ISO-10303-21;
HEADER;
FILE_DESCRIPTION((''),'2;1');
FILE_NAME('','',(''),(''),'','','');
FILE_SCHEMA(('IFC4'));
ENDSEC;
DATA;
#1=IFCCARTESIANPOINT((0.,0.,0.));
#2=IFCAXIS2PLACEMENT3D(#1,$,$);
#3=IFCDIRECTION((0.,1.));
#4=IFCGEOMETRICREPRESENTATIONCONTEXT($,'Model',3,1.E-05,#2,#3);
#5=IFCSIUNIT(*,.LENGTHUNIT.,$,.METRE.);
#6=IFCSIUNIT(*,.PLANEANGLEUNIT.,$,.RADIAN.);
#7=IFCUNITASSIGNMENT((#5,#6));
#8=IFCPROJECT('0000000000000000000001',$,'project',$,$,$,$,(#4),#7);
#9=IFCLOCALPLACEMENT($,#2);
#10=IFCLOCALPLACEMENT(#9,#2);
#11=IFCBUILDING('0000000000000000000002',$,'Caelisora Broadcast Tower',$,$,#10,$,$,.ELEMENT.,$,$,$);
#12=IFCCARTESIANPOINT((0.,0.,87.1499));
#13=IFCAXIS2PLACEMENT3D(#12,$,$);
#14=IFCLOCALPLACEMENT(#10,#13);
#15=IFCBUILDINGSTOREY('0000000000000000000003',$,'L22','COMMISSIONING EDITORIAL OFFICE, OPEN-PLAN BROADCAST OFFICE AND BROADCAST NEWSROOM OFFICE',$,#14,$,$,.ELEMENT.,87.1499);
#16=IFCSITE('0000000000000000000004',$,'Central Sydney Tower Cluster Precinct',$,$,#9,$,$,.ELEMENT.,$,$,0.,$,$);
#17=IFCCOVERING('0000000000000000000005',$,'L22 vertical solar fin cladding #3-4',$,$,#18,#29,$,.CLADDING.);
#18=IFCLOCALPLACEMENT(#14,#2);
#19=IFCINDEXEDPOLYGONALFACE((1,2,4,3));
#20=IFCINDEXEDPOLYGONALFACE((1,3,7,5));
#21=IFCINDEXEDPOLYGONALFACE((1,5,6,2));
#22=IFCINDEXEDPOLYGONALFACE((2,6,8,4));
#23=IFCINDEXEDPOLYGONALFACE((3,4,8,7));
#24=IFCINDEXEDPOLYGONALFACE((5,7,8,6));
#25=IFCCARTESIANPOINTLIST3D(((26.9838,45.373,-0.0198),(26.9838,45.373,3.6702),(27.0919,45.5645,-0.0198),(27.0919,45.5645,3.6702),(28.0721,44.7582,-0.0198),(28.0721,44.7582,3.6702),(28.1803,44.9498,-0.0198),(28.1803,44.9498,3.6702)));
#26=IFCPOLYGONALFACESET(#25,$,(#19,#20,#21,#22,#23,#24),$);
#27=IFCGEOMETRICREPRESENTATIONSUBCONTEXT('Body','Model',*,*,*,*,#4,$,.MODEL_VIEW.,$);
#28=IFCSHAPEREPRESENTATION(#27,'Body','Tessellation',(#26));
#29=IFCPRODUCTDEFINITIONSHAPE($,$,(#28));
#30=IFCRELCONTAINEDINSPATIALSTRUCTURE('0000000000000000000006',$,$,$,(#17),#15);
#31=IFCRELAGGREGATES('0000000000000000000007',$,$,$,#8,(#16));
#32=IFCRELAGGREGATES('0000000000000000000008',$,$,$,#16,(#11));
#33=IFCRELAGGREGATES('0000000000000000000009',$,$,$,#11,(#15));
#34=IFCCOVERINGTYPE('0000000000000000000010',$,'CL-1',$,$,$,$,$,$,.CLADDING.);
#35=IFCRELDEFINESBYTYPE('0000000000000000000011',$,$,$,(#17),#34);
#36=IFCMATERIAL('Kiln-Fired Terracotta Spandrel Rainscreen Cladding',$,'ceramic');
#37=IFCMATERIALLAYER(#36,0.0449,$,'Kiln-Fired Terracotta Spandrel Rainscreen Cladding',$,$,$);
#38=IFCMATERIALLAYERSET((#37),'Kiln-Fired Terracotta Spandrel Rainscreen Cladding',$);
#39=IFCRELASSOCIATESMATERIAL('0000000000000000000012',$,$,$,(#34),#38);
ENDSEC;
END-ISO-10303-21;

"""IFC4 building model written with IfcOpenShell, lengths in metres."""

from ifc_helpers import new_model, si_unit, direction, frame, origin, origin_2d, place, context, subcontext, project, spatial, rectangle, extrude, source, transform, mapped, material, layer, layer_set, type_object, type_shapes, element, save


model = new_model("IFC4")

# Units and contexts
model_context = context("Model", 3, precision=1e-05, world=origin(), true_north=direction((0.0, 1.0)))
body_context = subcontext(model_context, "Body", "Model", "MODEL_VIEW")
ifc_project = project(units=[si_unit("LENGTHUNIT", "METRE"), si_unit("PLANEANGLEUNIT", "RADIAN")], contexts=[model_context])

# Site, building, storey
site_placement = place(None, origin())
site = spatial("IfcSite", under=ifc_project, at=site_placement, Name="Central Sydney Tower Cluster Precinct", CompositionType="ELEMENT", RefElevation=0.0)
building_placement = place(site_placement, origin())
building = spatial("IfcBuilding", under=site, at=building_placement, Name="Caelisora Broadcast Tower", CompositionType="ELEMENT")
storey_placement = place(building_placement, frame((0.0, 0.0, 87.1499)))
storey = spatial("IfcBuildingStorey", under=building, at=storey_placement, Name="L22", Description="COMMISSIONING EDITORIAL OFFICE, OPEN-PLAN BROADCAST OFFICE AND BROADCAST NEWSROOM OFFICE", CompositionType="ELEMENT", Elevation=87.1499)

# Covering
ifc_material_1 = material(Name="Kiln-Fired Terracotta Spandrel Rainscreen Cladding", Category="ceramic")
ifc_layer_1 = layer(ifc_material_1, 0.0449, Name="Kiln-Fired Terracotta Spandrel Rainscreen Cladding")
ifc_layer_set_1 = layer_set([ifc_layer_1], Name="Kiln-Fired Terracotta Spandrel Rainscreen Cladding")
covering_type = type_object("IfcCoveringType", Name="CL-1", PredefinedType="CLADDING", material=ifc_layer_set_1)
shared_shape_1 = source(origin(), body_context, "Body", "SweptSolid", [
    extrude(rectangle(XDim=0.22, YDim=1.25, at=origin_2d()), origin(), (0.0, 0.0, 1.0), 3.6899),
])
type_shapes(covering_type, [shared_shape_1])
for number, where, z_axis, x_axis, name in (
    (1, (27.582, 45.1614, -0.0198), (0.0, 0.0, 1.0), (0.491816, 0.870699, 0.0), "L22 vertical solar fin cladding #3-4"),
):
    element("IfcCovering", number, at=place(storey_placement, frame(where, z_axis=z_axis, x_axis=x_axis)), inside=storey, type_object=covering_type, Name=name, PredefinedType="CLADDING", context=body_context, shape_type="MappedRepresentation", body=[
        mapped(shared_shape_1, transform((0.0, 0.0, 0.0), scale=1.0)),
    ])

save(model, "model.ifc")
